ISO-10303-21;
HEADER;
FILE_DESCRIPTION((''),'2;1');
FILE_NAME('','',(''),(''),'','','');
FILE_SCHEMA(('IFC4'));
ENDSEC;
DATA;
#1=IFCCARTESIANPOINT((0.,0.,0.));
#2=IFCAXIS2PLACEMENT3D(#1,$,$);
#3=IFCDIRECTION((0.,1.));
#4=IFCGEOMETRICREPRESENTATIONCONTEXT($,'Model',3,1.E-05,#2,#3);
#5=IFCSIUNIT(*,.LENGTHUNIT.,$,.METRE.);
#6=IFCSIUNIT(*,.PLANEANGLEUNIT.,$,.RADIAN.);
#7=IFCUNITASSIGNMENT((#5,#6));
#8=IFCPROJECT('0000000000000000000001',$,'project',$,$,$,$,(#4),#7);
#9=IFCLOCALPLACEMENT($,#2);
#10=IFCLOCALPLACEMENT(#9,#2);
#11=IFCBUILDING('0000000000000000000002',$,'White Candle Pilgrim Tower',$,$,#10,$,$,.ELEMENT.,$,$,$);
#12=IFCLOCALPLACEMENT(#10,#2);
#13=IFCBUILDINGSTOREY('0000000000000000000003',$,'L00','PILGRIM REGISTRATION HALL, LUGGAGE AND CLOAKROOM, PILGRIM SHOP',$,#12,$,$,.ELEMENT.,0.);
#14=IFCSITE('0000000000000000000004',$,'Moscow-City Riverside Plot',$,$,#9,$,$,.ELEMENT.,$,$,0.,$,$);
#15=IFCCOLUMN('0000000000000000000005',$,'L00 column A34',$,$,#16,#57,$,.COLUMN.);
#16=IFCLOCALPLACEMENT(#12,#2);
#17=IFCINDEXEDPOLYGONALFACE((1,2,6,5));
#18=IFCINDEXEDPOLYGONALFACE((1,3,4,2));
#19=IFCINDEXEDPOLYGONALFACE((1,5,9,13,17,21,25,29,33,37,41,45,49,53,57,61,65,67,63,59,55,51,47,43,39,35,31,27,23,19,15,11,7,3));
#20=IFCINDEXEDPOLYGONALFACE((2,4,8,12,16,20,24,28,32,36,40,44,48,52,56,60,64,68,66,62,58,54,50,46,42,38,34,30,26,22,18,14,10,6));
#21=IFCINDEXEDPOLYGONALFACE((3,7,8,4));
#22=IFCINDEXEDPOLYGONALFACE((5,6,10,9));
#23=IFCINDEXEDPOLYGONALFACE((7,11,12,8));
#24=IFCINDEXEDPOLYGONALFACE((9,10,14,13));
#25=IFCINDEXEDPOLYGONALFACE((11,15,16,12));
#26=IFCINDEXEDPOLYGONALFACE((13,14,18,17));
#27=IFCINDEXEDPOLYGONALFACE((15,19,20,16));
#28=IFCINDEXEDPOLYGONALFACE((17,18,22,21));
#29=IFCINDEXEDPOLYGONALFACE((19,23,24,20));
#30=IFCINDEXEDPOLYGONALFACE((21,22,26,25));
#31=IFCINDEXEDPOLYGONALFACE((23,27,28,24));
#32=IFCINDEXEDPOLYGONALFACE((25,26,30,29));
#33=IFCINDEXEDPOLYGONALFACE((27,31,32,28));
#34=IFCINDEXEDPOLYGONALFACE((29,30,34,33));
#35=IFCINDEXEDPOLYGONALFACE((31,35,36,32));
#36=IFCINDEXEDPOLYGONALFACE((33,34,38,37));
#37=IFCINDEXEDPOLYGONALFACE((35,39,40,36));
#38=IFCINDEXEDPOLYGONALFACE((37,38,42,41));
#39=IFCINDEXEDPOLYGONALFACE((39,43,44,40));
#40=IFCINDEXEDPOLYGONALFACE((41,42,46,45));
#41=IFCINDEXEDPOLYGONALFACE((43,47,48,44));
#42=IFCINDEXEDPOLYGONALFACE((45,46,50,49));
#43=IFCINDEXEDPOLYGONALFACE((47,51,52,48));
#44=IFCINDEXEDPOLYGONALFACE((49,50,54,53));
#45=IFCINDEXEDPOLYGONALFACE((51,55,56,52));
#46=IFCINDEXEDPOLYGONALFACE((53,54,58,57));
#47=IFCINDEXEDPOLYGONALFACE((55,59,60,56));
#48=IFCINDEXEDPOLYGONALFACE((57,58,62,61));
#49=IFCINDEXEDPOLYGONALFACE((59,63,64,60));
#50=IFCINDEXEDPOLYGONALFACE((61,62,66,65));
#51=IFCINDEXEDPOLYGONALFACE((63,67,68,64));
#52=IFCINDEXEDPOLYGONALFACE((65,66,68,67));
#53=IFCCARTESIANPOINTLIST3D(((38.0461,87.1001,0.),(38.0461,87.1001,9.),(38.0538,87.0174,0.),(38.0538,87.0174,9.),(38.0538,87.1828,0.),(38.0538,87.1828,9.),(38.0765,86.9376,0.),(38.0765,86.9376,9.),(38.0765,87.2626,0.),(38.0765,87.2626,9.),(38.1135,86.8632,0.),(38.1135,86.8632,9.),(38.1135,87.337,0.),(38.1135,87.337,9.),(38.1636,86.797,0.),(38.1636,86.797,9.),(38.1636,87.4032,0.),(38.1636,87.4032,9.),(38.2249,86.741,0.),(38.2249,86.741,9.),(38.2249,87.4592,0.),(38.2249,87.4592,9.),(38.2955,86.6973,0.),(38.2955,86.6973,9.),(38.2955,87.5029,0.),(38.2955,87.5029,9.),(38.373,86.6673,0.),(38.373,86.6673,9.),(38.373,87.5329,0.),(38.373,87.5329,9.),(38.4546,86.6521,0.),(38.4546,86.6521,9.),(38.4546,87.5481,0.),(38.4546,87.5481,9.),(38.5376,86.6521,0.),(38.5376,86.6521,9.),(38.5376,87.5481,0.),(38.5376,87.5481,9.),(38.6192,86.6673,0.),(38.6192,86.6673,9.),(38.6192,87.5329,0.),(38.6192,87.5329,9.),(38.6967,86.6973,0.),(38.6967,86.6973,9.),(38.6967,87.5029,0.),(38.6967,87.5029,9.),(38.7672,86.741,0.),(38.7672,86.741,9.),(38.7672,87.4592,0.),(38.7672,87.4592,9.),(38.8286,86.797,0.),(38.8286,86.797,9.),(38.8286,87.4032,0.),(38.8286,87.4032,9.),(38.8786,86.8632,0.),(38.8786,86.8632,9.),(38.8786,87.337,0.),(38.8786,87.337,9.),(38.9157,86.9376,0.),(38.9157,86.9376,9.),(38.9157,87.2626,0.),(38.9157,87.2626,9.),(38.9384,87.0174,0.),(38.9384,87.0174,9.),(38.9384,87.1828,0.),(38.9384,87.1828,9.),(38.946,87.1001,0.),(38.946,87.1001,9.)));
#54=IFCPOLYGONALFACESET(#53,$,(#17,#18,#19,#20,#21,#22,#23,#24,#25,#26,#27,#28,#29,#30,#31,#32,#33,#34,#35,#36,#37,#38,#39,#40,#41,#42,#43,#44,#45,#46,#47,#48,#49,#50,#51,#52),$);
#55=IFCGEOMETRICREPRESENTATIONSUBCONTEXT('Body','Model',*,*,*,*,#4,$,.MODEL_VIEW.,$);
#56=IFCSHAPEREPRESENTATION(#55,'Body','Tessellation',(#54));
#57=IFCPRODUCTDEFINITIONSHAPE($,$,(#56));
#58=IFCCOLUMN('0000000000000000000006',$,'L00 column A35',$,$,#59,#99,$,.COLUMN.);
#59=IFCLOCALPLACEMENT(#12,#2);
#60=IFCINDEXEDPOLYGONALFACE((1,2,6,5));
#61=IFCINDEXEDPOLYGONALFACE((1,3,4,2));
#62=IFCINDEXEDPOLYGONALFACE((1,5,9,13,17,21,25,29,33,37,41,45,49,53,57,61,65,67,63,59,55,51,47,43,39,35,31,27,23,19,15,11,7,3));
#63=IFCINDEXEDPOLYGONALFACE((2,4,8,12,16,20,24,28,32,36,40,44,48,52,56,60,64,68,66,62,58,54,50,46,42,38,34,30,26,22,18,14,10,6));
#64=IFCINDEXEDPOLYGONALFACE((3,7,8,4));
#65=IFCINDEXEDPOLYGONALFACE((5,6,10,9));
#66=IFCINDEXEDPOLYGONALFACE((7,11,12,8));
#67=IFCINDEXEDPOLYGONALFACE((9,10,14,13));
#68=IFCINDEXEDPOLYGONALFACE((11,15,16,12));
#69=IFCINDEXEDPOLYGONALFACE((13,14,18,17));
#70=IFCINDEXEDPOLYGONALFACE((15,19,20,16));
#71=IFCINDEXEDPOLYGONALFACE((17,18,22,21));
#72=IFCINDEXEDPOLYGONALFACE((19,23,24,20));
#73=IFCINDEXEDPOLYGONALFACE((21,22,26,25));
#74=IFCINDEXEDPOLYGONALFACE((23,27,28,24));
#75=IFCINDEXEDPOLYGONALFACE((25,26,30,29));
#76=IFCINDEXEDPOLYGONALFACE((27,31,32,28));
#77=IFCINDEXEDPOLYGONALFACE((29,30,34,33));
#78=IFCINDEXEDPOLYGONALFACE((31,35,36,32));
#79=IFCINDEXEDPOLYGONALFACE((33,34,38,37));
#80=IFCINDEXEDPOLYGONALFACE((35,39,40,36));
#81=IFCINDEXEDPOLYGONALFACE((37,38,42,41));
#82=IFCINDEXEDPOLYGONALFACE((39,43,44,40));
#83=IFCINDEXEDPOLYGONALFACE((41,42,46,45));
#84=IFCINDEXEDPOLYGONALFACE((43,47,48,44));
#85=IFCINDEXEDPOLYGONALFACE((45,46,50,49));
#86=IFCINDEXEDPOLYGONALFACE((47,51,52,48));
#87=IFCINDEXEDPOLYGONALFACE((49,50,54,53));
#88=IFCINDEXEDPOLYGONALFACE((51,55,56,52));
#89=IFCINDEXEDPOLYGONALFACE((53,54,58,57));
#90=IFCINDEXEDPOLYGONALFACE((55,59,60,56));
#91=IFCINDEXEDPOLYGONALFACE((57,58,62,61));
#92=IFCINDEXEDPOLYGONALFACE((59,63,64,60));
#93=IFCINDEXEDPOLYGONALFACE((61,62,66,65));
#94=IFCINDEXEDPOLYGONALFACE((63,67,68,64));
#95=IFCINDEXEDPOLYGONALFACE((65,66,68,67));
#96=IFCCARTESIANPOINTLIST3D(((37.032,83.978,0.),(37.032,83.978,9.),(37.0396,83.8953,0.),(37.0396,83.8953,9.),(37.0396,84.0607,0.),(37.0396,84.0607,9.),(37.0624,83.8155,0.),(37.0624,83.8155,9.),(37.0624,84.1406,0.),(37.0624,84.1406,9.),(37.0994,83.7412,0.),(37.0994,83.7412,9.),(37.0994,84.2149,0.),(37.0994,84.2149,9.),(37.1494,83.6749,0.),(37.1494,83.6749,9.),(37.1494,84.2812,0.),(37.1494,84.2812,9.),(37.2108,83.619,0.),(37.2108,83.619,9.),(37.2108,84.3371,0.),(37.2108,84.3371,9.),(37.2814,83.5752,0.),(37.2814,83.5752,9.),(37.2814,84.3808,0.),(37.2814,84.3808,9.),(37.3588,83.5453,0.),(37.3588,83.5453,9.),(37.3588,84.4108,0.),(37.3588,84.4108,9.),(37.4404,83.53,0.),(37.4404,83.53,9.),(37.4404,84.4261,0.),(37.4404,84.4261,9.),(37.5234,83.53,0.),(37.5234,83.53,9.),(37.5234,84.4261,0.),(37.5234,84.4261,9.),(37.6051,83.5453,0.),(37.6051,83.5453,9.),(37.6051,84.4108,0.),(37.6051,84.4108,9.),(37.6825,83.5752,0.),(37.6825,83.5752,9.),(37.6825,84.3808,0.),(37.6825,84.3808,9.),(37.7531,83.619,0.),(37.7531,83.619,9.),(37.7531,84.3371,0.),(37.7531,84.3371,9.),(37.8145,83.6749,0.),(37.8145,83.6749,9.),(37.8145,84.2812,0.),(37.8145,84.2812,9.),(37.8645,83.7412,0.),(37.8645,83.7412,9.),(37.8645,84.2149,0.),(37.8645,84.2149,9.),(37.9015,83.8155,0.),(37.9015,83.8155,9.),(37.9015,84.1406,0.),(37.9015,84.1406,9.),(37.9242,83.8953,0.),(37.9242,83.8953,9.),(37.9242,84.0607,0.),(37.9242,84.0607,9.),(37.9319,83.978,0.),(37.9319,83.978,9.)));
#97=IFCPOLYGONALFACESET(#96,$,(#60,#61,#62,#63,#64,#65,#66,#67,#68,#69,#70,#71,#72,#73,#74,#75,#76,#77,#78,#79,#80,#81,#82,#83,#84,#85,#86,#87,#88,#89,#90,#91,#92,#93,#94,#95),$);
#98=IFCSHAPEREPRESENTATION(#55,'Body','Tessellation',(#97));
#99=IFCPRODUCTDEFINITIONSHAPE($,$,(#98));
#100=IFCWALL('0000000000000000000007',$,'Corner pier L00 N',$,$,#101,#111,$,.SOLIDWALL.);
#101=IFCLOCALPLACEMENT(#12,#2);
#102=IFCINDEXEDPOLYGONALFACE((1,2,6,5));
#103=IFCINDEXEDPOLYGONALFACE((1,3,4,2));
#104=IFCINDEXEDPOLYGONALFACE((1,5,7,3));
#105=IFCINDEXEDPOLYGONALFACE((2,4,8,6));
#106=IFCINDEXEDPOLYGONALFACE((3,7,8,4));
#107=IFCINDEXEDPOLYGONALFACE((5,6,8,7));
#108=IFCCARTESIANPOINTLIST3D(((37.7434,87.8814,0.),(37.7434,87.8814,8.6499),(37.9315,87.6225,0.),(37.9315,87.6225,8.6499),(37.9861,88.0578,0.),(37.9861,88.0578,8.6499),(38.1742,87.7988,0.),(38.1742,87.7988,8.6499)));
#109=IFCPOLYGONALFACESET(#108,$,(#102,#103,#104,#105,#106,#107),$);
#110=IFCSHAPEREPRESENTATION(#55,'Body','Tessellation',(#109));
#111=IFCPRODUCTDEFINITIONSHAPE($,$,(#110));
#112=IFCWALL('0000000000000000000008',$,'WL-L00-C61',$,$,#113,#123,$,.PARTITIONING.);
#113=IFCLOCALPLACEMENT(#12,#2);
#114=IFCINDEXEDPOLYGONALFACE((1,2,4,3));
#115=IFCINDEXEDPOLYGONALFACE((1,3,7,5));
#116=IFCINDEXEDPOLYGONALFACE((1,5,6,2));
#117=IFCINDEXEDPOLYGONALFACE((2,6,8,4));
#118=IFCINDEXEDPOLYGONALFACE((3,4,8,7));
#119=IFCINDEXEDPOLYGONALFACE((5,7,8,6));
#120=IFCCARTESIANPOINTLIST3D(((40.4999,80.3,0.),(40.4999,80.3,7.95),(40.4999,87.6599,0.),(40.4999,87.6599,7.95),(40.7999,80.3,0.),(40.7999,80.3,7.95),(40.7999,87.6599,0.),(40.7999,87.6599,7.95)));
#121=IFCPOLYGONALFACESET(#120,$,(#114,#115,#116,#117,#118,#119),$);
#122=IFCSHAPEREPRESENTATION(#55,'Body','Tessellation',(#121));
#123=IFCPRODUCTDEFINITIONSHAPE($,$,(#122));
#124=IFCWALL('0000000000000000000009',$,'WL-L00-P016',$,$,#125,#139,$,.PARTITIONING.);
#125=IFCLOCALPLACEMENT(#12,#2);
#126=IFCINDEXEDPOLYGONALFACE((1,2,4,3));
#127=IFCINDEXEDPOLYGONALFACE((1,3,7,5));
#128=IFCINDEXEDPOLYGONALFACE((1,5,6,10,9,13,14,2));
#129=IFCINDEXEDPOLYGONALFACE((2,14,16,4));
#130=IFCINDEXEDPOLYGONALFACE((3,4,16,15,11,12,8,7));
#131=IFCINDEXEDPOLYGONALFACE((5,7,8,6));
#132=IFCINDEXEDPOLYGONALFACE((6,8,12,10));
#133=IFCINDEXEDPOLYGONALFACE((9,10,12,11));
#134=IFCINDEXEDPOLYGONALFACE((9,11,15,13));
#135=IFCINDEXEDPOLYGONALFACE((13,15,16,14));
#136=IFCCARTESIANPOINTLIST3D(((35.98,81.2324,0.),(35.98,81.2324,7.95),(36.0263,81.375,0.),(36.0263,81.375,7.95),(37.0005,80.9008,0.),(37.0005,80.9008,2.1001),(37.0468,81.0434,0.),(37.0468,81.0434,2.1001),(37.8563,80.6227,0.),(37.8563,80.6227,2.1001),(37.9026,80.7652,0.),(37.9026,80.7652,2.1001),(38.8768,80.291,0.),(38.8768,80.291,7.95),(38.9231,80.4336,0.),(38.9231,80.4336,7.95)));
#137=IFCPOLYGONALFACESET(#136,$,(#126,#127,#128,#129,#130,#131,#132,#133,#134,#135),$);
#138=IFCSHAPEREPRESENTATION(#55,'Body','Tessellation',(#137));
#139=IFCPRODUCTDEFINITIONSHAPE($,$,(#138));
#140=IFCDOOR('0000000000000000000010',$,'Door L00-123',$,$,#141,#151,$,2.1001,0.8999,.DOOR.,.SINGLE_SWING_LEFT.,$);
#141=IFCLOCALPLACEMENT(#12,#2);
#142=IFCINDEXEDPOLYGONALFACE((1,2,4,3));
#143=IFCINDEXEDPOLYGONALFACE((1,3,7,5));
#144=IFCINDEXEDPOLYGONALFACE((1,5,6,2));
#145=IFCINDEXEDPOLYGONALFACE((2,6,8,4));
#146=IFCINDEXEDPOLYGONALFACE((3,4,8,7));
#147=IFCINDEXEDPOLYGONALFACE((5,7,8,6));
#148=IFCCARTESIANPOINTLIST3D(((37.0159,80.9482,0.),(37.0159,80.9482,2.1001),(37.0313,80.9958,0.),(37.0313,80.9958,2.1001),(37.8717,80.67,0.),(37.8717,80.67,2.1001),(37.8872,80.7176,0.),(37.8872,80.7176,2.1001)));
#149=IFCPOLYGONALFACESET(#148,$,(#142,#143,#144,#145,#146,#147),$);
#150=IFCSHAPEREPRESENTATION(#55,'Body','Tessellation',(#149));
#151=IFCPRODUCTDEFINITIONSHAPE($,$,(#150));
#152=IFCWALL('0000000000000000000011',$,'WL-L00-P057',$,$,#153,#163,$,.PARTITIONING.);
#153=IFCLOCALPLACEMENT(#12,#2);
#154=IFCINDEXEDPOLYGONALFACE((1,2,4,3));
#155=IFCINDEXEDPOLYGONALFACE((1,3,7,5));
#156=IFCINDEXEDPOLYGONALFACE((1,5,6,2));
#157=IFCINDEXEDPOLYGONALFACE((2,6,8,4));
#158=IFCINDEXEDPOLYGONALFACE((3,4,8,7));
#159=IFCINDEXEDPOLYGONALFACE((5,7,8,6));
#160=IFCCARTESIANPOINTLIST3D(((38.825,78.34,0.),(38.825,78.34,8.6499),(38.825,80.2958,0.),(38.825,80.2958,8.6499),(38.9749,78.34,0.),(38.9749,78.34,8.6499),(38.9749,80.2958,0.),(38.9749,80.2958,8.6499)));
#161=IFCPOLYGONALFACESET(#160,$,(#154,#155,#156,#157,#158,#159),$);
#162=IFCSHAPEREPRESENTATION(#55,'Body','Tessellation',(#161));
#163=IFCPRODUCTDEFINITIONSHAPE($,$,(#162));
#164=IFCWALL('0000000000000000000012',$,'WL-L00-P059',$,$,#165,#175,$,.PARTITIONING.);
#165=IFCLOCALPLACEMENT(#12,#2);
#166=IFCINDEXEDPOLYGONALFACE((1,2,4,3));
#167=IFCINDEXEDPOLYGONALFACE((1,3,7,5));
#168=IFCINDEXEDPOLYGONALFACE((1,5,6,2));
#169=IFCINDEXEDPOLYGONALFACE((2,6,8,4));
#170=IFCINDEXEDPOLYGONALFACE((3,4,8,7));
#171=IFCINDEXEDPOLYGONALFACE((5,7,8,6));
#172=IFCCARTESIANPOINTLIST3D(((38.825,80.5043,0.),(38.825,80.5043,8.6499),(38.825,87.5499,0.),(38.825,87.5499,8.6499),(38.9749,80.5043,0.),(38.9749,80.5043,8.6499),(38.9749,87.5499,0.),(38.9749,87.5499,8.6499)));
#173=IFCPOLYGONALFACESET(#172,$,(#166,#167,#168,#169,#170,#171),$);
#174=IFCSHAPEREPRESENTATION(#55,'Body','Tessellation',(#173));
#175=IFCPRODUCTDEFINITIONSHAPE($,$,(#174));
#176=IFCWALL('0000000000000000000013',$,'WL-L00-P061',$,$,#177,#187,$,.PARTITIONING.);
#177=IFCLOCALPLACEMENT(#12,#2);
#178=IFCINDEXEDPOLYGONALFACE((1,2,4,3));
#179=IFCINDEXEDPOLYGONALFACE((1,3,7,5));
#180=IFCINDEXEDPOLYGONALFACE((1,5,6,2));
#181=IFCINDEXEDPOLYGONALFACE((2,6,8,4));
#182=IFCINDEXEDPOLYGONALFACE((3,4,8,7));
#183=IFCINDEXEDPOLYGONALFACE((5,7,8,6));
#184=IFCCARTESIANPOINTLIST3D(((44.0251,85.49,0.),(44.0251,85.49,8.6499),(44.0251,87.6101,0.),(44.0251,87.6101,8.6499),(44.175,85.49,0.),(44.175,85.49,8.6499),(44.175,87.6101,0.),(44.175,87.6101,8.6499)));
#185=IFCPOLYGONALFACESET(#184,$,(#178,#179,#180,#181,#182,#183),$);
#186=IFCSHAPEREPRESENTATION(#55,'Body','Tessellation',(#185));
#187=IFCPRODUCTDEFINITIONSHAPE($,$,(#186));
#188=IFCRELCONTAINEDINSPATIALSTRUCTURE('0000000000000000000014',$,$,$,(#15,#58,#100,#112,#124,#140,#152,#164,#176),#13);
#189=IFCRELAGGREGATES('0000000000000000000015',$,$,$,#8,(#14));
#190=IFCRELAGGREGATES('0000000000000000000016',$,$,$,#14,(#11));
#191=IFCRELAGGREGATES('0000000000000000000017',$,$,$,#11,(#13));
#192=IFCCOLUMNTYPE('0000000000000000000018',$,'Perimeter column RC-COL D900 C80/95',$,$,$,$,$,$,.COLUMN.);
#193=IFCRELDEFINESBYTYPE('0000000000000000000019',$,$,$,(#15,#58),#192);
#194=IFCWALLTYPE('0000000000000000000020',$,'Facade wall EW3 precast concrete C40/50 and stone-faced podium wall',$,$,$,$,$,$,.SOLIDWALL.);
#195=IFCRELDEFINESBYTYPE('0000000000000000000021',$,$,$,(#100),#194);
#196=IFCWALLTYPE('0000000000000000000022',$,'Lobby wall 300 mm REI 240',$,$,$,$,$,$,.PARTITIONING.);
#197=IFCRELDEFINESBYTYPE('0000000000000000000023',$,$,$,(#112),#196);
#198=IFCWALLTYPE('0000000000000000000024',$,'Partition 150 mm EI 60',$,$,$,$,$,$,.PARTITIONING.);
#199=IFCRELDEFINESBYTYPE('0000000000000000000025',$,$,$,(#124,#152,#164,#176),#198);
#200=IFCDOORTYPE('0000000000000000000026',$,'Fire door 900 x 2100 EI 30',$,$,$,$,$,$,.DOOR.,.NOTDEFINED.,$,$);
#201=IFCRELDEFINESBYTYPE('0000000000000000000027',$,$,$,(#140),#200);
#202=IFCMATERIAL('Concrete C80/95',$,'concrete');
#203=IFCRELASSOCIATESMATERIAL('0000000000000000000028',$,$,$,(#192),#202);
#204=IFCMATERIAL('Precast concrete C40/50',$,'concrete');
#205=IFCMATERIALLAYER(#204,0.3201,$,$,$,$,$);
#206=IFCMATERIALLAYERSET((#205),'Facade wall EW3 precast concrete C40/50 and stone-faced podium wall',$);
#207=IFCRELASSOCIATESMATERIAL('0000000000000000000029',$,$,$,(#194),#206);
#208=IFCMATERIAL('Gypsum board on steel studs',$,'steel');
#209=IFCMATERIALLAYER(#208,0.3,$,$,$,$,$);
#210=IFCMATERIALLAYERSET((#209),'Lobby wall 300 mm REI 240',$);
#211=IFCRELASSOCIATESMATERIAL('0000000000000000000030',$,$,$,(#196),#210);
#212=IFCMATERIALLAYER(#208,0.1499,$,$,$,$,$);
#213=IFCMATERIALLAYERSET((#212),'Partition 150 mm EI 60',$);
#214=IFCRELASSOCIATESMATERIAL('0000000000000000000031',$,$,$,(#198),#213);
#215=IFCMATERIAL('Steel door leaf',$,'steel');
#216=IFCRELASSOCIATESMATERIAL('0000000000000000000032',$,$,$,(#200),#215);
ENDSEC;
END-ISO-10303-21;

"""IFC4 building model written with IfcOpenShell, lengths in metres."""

from ifc_helpers import new_model, si_unit, direction, frame, frame_2d, origin, origin_2d, place, context, subcontext, project, spatial, rectangle, circle, extrude, material, layer, layer_set, material_profile, profile_set, type_object, element, fill, save


model = new_model("IFC4")

# Units and contexts
model_context = context("Model", 3, precision=1e-05, world=origin(), true_north=direction((0.0, 1.0)))
body_context = subcontext(model_context, "Body", "Model", "MODEL_VIEW")
ifc_project = project(units=[si_unit("LENGTHUNIT", "METRE"), si_unit("PLANEANGLEUNIT", "RADIAN")], contexts=[model_context])

# Site, building, storey
site_placement = place(None, origin())
site = spatial("IfcSite", under=ifc_project, at=site_placement, Name="Moscow-City Riverside Plot", CompositionType="ELEMENT", RefElevation=0.0)
building_placement = place(site_placement, origin())
building = spatial("IfcBuilding", under=site, at=building_placement, Name="White Candle Pilgrim Tower", CompositionType="ELEMENT")
storey_placement = place(building_placement, origin())
storey = spatial("IfcBuildingStorey", under=building, at=storey_placement, Name="L00", Description="PILGRIM REGISTRATION HALL, LUGGAGE AND CLOAKROOM, PILGRIM SHOP", CompositionType="ELEMENT", Elevation=0.0)

# Columns
ifc_material_1 = material(Name="Concrete C80/95", Category="concrete")
ifc_material_profile = material_profile(ifc_material_1, circle(Radius=0.45, at=origin_2d()), Name="RC-COL D900")
ifc_profile_set = profile_set([ifc_material_profile], Name="Concrete C80/95")
column_type = type_object("IfcColumnType", Name="Perimeter column RC-COL D900 C80/95", PredefinedType="COLUMN", material=ifc_profile_set)
for number, where, z_axis, x_axis, name in (
    (1, (38.4961, 87.1001, 0.0), (0.0, 0.0, 1.0), (1.0, 0.0, 0.0), "L00 column A34"),
    (2, (37.4819, 83.978, 0.0), (0.0, 0.0, 1.0), (1.0, 0.0, 0.0), "L00 column A35"),
):
    element("IfcColumn", number, at=place(storey_placement, frame(where, z_axis=z_axis, x_axis=x_axis)), inside=storey, type_object=column_type, Name=name, PredefinedType="COLUMN", context=body_context, shape_type="SweptSolid", body=[
        extrude(circle(Radius=0.45, at=origin_2d()), origin(), (0.0, 0.0, 1.0), 9.0),
    ])

# Wall
ifc_material_2 = material(Name="Precast concrete C40/50", Category="concrete")
ifc_layer_1 = layer(ifc_material_2, 0.3201)
ifc_layer_set_1 = layer_set([ifc_layer_1], Name="Facade wall EW3 precast concrete C40/50 and stone-faced podium wall")
wall_type_1 = type_object("IfcWallType", Name="Facade wall EW3 precast concrete C40/50 and stone-faced podium wall", PredefinedType="SOLIDWALL", material=ifc_layer_set_1)
wall_1_placement = place(storey_placement, frame((38.0801, 87.9282, 0.0), z_axis=(0.0, 0.0, 1.0), x_axis=(-0.809088, -0.587688, 0.0)))
element("IfcWall", 3, at=wall_1_placement, inside=storey, type_object=wall_type_1, Name="Corner pier L00 N", PredefinedType="SOLIDWALL", context=body_context, shape_type="SweptSolid", body=[
    extrude(rectangle(XDim=0.3, YDim=0.3201, at=frame_2d((0.1499, 0.0))), origin(), (0.0, 0.0, 1.0), 8.6499),
])

# Wall
ifc_material_3 = material(Name="Gypsum board on steel studs", Category="steel")
ifc_layer_2 = layer(ifc_material_3, 0.3)
ifc_layer_set_2 = layer_set([ifc_layer_2], Name="Lobby wall 300 mm REI 240")
wall_type_2 = type_object("IfcWallType", Name="Lobby wall 300 mm REI 240", PredefinedType="PARTITIONING", material=ifc_layer_set_2)
wall_2_placement = place(storey_placement, frame((40.6499, 80.3, 0.0), z_axis=(0.0, 0.0, 1.0), x_axis=(0.0, 1.0, 0.0)))
element("IfcWall", 4, at=wall_2_placement, inside=storey, type_object=wall_type_2, Name="WL-L00-C61", PredefinedType="PARTITIONING", context=body_context, shape_type="SweptSolid", body=[
    extrude(rectangle(XDim=7.3599, YDim=0.3, at=frame_2d((3.6799, 0.0))), origin(), (0.0, 0.0, 1.0), 7.95),
])

# Wall, opening, door
ifc_layer_3 = layer(ifc_material_3, 0.1499)
ifc_layer_set_3 = layer_set([ifc_layer_3], Name="Partition 150 mm EI 60")
wall_type_3 = type_object("IfcWallType", Name="Partition 150 mm EI 60", PredefinedType="PARTITIONING", material=ifc_layer_set_3)
wall_3_placement = place(storey_placement, frame((36.0032, 81.3037, 0.0), z_axis=(0.0, 0.0, 1.0), x_axis=(0.951037, -0.309077, 0.0)))
wall_3 = element("IfcWall", 5, at=wall_3_placement, inside=storey, type_object=wall_type_3, Name="WL-L00-P016", PredefinedType="PARTITIONING", context=body_context, shape_type="SweptSolid", body=[
    extrude(rectangle(XDim=3.0459, YDim=0.1499, at=frame_2d((1.5229, 0.0))), origin(), (0.0, 0.0, 1.0), 7.95),
])
opening_1_placement = place(wall_3_placement, frame((1.073, 0.0, 0.0)))
opening_1 = element("IfcOpeningElement", 6, at=opening_1_placement, cuts=wall_3, PredefinedType="OPENING", context=body_context, shape_type="SweptSolid", body=[
    extrude(rectangle(XDim=0.8999, YDim=2.1001, at=frame_2d((0.45, 1.05))), frame((0.0, 0.085, 0.0), z_axis=(0.0, -1.0, 0.0), x_axis=(1.0, 0.0, 0.0)), (0.0, 0.0, 1.0), 0.1699),
])
ifc_material_4 = material(Name="Steel door leaf", Category="steel")
door_type_1 = type_object("IfcDoorType", Name="Fire door 900 x 2100 EI 30", OperationType="NOTDEFINED", PredefinedType="DOOR", material=ifc_material_4)
door_1_placement = place(opening_1_placement, origin())
door_1 = element("IfcDoor", 7, at=door_1_placement, inside=storey, type_object=door_type_1, Name="Door L00-123", OperationType="SINGLE_SWING_LEFT", OverallHeight=2.1001, OverallWidth=0.8999, PredefinedType="DOOR", context=body_context, shape_type="SweptSolid", body=[
    extrude(rectangle(XDim=0.8999, YDim=2.1001, at=frame_2d((0.45, 1.05))), frame((0.0, 0.0249, 0.0), z_axis=(0.0, -1.0, 0.0), x_axis=(1.0, 0.0, 0.0)), (0.0, 0.0, 1.0), 0.05),
])
fill(opening_1, door_1)

# Walls
wall_4_placement = place(storey_placement, frame((38.8999, 80.2959, 0.0), z_axis=(0.0, 0.0, 1.0), x_axis=(0.0, -1.0, 0.0)))
element("IfcWall", 8, at=wall_4_placement, inside=storey, type_object=wall_type_3, Name="WL-L00-P057", PredefinedType="PARTITIONING", context=body_context, shape_type="SweptSolid", body=[
    extrude(rectangle(XDim=1.9558, YDim=0.1499, at=frame_2d((0.978, 0.0))), origin(), (0.0, 0.0, 1.0), 8.6499),
])
wall_5_placement = place(storey_placement, frame((38.8999, 87.55, 0.0), z_axis=(0.0, 0.0, 1.0), x_axis=(0.0, -1.0, 0.0)))
element("IfcWall", 9, at=wall_5_placement, inside=storey, type_object=wall_type_3, Name="WL-L00-P059", PredefinedType="PARTITIONING", context=body_context, shape_type="SweptSolid", body=[
    extrude(rectangle(XDim=7.0457, YDim=0.1499, at=frame_2d((3.5229, 0.0))), origin(), (0.0, 0.0, 1.0), 8.6499),
])
wall_6_placement = place(storey_placement, frame((44.1001, 85.49, 0.0), z_axis=(0.0, 0.0, 1.0), x_axis=(0.0, 1.0, 0.0)))
element("IfcWall", 10, at=wall_6_placement, inside=storey, type_object=wall_type_3, Name="WL-L00-P061", PredefinedType="PARTITIONING", context=body_context, shape_type="SweptSolid", body=[
    extrude(rectangle(XDim=2.1201, YDim=0.1499, at=frame_2d((1.0601, 0.0))), origin(), (0.0, 0.0, 1.0), 8.6499),
])

save(model, "model.ifc")
